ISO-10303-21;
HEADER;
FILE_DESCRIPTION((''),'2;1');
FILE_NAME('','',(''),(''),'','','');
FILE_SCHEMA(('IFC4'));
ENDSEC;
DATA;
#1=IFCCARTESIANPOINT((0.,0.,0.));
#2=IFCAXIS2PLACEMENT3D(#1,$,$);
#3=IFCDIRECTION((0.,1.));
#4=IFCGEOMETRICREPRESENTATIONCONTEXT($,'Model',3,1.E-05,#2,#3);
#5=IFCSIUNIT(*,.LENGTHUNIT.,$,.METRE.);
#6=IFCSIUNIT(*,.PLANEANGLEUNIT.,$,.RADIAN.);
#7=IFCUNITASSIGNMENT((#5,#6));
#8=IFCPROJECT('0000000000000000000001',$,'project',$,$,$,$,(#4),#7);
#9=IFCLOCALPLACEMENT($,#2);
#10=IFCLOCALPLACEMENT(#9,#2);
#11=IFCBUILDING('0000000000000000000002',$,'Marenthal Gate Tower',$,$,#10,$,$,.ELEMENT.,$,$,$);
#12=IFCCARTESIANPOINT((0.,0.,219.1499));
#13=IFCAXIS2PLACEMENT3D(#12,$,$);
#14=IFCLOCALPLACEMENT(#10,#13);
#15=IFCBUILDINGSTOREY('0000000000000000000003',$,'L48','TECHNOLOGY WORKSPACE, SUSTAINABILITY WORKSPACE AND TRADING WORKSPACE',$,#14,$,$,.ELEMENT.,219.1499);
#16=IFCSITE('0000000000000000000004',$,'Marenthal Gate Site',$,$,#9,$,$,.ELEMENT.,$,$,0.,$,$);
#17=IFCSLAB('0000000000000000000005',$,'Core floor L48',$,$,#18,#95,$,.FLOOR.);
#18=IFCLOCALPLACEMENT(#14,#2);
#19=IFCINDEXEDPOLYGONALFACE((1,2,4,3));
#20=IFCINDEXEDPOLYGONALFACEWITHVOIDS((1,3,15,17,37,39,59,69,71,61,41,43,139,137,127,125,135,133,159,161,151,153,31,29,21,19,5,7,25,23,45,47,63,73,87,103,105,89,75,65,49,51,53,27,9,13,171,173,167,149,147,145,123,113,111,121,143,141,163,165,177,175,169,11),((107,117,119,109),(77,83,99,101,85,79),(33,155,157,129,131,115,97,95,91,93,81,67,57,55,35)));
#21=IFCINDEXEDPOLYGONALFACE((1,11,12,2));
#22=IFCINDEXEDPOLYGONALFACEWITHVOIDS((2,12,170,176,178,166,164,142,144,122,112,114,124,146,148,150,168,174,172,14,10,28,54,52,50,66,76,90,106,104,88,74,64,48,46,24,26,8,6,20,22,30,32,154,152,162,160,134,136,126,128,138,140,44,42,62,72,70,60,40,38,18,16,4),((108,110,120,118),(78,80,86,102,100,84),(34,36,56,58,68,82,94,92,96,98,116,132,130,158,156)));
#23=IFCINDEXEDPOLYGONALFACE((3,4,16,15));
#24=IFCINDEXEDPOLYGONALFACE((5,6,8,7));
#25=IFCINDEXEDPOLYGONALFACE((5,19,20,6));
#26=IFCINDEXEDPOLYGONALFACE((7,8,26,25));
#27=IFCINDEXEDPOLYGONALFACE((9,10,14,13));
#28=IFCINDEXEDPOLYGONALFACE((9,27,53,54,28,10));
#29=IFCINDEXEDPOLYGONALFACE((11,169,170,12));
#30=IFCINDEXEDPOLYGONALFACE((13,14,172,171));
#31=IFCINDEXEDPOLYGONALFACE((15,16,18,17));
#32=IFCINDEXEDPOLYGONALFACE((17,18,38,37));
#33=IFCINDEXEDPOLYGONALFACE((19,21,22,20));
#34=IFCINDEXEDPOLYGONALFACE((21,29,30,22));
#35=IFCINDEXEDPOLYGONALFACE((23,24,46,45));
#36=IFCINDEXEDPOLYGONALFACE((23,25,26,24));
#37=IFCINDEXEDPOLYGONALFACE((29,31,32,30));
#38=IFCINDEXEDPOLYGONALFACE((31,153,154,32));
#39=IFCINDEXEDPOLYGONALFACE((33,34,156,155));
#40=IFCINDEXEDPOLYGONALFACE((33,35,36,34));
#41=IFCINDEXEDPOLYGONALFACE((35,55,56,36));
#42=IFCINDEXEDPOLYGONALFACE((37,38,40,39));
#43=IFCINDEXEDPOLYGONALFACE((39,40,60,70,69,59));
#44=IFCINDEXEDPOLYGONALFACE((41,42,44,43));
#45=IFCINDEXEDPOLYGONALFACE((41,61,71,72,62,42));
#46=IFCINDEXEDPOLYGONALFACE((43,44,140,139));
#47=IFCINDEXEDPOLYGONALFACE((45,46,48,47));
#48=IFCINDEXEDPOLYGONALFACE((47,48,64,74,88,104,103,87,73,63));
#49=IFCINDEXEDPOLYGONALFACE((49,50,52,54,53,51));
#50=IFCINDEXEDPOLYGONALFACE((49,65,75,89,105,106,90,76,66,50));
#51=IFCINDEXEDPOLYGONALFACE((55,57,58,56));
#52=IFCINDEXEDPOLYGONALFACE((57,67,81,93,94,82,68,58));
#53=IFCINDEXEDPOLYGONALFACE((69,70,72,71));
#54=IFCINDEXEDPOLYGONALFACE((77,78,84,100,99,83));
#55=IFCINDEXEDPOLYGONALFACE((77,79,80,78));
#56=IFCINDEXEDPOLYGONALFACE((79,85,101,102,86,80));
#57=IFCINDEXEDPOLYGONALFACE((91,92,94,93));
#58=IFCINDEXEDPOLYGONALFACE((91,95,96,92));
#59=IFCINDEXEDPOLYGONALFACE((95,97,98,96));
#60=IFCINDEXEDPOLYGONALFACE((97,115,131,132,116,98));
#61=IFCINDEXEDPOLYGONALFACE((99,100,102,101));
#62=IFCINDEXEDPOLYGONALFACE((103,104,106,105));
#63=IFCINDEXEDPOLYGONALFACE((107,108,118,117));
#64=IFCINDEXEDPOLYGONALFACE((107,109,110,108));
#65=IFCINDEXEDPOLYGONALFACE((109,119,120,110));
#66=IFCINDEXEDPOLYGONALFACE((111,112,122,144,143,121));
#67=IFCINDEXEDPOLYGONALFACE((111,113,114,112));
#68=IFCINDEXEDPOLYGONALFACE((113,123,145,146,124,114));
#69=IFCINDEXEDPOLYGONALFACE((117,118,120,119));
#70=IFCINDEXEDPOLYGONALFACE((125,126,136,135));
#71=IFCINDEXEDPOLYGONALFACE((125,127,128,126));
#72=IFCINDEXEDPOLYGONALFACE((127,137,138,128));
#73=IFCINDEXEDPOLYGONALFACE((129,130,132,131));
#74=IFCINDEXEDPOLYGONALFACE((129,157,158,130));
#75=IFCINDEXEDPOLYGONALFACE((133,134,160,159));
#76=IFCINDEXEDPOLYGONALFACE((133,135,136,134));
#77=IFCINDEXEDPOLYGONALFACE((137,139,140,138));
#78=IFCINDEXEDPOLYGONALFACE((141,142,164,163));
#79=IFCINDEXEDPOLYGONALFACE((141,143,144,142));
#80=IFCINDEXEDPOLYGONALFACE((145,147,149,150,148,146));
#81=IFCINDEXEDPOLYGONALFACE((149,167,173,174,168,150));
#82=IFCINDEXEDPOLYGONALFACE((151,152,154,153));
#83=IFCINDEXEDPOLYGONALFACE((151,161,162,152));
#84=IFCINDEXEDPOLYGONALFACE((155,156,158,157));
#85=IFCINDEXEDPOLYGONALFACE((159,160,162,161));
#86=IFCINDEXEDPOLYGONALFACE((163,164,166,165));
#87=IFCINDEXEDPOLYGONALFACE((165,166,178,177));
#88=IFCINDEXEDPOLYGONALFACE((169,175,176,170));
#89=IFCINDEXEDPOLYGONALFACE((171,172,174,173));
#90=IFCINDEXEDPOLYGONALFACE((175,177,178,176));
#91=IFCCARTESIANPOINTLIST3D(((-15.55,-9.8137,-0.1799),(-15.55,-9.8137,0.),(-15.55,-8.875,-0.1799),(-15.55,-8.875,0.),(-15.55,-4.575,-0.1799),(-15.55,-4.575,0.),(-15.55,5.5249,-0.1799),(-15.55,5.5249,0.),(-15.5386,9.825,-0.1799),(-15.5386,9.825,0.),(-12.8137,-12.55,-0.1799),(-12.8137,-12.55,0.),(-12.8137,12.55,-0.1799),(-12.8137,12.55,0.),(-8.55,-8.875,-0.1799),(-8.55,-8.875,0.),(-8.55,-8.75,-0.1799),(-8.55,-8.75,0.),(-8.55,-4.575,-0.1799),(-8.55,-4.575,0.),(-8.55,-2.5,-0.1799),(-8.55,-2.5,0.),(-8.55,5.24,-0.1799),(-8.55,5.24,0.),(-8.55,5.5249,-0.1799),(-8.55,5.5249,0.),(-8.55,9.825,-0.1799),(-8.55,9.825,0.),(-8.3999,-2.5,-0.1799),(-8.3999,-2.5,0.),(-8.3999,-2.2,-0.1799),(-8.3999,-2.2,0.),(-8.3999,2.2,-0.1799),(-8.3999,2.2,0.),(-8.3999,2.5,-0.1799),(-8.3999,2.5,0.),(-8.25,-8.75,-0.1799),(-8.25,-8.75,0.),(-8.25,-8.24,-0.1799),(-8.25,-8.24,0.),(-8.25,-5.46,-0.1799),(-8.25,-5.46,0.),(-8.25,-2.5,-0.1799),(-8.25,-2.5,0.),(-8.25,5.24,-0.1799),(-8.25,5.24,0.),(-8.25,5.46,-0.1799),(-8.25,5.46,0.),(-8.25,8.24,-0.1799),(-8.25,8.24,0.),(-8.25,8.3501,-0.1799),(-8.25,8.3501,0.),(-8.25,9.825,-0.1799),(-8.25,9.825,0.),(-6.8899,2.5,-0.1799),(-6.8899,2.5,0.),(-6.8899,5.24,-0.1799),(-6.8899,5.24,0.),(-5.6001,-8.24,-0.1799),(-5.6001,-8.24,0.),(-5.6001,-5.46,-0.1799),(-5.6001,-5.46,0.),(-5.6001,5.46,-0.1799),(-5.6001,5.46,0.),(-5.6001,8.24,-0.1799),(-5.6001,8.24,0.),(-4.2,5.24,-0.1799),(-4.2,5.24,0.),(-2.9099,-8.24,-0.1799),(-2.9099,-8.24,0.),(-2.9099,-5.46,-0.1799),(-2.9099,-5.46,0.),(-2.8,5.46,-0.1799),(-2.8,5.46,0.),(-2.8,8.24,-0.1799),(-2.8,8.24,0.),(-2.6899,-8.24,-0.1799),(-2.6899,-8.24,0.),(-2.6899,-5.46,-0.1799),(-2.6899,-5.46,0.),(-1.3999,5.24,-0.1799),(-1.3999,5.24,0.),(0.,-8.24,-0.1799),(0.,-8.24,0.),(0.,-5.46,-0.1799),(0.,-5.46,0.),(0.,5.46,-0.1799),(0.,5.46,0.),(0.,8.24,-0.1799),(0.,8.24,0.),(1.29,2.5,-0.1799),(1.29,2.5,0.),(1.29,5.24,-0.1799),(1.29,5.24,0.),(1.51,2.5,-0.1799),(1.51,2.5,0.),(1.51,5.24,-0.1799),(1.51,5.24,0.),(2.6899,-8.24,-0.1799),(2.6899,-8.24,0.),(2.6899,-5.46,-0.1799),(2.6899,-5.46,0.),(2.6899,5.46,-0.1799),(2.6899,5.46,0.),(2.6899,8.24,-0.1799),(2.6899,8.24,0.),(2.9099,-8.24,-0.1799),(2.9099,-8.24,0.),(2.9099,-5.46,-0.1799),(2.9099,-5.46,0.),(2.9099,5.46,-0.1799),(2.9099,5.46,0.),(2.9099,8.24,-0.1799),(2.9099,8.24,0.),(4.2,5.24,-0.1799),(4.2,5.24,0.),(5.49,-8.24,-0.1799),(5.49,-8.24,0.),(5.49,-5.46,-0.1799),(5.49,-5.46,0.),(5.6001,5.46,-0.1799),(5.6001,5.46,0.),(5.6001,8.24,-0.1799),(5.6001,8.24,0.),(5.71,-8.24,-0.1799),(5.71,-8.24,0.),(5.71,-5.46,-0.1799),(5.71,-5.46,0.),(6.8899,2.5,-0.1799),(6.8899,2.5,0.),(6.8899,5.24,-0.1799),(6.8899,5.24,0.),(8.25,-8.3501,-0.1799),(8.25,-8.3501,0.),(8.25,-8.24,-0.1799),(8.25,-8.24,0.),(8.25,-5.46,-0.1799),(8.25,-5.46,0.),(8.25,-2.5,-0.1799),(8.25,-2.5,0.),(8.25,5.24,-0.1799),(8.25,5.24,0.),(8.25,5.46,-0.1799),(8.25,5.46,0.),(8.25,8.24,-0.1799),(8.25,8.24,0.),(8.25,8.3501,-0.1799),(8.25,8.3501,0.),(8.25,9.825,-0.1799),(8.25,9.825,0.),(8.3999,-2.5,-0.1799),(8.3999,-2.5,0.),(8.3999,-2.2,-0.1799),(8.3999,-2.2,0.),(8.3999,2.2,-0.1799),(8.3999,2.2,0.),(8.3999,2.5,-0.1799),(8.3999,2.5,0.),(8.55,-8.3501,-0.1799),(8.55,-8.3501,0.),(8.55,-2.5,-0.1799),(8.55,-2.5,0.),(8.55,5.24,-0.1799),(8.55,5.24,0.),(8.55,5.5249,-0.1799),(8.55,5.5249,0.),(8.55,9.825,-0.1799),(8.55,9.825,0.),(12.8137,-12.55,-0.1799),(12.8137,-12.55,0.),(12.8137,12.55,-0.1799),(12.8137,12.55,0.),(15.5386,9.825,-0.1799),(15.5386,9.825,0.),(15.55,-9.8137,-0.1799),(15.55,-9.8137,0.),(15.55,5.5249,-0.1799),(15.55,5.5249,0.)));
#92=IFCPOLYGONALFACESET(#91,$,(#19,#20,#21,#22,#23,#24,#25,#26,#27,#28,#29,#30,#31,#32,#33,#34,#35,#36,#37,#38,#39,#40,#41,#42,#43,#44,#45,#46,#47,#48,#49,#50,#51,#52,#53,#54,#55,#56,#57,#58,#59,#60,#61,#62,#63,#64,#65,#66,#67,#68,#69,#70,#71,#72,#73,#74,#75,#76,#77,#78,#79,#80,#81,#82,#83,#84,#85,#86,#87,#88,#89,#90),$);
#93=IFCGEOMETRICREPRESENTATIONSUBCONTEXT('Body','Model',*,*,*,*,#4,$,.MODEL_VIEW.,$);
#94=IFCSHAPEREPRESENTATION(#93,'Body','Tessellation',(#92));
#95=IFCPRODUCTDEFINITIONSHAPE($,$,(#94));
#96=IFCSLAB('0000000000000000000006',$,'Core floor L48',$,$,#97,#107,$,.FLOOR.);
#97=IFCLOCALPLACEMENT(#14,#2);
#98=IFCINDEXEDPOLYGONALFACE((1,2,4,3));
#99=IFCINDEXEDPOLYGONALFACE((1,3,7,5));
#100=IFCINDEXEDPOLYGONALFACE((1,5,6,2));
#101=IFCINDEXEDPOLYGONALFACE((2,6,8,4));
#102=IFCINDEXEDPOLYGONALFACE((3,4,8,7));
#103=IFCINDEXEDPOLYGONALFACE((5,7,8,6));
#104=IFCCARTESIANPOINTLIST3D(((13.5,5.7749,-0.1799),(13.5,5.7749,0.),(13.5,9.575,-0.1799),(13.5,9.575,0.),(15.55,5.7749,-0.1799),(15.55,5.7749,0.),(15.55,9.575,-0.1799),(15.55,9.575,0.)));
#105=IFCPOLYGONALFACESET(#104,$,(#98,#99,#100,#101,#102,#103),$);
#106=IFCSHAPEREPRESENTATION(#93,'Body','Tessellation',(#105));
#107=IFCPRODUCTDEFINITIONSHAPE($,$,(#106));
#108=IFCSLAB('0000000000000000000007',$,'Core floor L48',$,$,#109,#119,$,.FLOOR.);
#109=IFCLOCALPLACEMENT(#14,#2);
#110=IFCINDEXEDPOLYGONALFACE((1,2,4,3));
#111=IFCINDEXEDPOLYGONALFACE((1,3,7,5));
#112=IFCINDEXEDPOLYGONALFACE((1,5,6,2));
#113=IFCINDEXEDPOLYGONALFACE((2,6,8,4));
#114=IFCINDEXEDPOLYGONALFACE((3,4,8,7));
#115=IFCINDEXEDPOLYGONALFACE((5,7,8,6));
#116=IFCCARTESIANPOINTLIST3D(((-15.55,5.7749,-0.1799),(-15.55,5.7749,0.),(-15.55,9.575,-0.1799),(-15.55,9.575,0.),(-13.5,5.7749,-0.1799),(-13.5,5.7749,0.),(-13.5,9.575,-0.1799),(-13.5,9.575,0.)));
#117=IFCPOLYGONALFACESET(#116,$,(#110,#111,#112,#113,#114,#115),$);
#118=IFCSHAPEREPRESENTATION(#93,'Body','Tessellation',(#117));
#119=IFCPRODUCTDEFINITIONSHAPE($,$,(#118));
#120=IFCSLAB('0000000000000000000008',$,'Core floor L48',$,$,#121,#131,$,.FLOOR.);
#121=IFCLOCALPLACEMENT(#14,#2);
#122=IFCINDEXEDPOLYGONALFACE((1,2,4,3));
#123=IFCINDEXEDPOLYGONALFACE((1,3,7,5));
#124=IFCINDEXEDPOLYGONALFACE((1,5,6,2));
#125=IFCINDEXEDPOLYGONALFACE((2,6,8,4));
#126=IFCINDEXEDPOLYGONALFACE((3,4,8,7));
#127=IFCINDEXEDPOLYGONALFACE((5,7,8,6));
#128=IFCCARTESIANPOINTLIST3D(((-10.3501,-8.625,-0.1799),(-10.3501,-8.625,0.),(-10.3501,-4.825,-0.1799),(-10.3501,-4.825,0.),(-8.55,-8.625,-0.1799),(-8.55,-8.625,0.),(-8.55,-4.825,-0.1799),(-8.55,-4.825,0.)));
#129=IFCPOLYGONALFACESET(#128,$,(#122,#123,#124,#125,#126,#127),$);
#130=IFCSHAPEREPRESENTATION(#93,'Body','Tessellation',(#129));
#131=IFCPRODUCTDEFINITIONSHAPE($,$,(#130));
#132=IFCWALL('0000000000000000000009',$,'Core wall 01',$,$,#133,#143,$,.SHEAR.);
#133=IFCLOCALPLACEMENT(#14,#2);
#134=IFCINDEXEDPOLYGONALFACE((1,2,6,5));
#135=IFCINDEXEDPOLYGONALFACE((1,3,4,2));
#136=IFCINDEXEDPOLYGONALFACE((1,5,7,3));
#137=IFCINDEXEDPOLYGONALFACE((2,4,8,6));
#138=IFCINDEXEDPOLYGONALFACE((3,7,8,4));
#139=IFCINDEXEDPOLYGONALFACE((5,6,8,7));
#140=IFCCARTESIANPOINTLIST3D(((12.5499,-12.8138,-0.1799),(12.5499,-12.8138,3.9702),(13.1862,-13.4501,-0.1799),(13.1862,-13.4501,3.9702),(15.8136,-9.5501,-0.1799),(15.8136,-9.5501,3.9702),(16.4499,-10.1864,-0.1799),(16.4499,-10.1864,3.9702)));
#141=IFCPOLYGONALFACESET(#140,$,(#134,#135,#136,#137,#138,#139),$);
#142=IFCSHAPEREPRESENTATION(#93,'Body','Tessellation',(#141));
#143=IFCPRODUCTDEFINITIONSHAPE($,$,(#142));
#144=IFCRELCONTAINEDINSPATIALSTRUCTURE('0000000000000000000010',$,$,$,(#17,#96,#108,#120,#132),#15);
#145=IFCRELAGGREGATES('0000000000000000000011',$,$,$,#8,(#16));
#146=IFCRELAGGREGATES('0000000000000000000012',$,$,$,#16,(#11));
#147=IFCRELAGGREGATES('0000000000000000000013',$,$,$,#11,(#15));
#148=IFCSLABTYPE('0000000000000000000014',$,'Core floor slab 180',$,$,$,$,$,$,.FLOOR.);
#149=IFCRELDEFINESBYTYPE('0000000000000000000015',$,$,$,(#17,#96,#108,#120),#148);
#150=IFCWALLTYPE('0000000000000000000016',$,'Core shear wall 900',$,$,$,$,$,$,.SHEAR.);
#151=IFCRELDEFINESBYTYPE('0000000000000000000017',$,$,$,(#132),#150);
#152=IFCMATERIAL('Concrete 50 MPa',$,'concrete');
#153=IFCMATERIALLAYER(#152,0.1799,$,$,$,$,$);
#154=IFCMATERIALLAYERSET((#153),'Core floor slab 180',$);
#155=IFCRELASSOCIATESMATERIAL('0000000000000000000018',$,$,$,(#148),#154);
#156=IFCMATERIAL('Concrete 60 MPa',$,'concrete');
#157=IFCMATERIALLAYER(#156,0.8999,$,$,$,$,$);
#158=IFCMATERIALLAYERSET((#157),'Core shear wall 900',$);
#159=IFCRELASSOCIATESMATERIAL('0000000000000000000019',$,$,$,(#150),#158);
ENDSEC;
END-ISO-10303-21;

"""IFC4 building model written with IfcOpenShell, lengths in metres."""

from ifc_helpers import new_model, si_unit, direction, frame, frame_2d, origin, place, context, subcontext, project, spatial, polyline, rectangle, outline, extrude, material, layer, layer_set, type_object, element, save


model = new_model("IFC4")

# Units and contexts
model_context = context("Model", 3, precision=1e-05, world=origin(), true_north=direction((0.0, 1.0)))
body_context = subcontext(model_context, "Body", "Model", "MODEL_VIEW")
ifc_project = project(units=[si_unit("LENGTHUNIT", "METRE"), si_unit("PLANEANGLEUNIT", "RADIAN")], contexts=[model_context])

# Site, building, storey
site_placement = place(None, origin())
site = spatial("IfcSite", under=ifc_project, at=site_placement, Name="Marenthal Gate Site", CompositionType="ELEMENT", RefElevation=0.0)
building_placement = place(site_placement, origin())
building = spatial("IfcBuilding", under=site, at=building_placement, Name="Marenthal Gate Tower", CompositionType="ELEMENT")
storey_placement = place(building_placement, frame((0.0, 0.0, 219.1499)))
storey = spatial("IfcBuildingStorey", under=building, at=storey_placement, Name="L48", Description="TECHNOLOGY WORKSPACE, SUSTAINABILITY WORKSPACE AND TRADING WORKSPACE", CompositionType="ELEMENT", Elevation=219.1499)

# Slabs
ifc_material_1 = material(Name="Concrete 50 MPa", Category="concrete")
ifc_layer_1 = layer(ifc_material_1, 0.1799)
ifc_layer_set_1 = layer_set([ifc_layer_1], Name="Core floor slab 180")
slab_type = type_object("IfcSlabType", Name="Core floor slab 180", PredefinedType="FLOOR", material=ifc_layer_set_1)
slab_1_placement = place(storey_placement, frame((0.0, 0.0, -0.1799)))
element("IfcSlab", 1, at=slab_1_placement, inside=storey, type_object=slab_type, Name="Core floor L48", PredefinedType="FLOOR", context=body_context, shape_type="SweptSolid", body=[
    extrude(outline(polyline([(12.8137, -12.55), (-12.8137, -12.55), (-15.55, -9.8137), (-15.55, -8.875), (-8.55, -8.875), (-8.55, -8.75), (-8.25, -8.75), (-8.25, -8.24), (-5.6001, -8.24), (-2.9099, -8.24), (-2.9099, -5.46), (-5.6001, -5.46), (-8.25, -5.46), (-8.25, -2.5), (8.25, -2.5), (8.25, -5.46), (5.71, -5.46), (5.71, -8.24), (8.25, -8.24), (8.25, -8.3501), (8.55, -8.3501), (8.55, -2.5), (8.3999, -2.5), (8.3999, -2.2), (-8.3999, -2.2), (-8.3999, -2.5), (-8.55, -2.5), (-8.55, -4.575), (-15.55, -4.575), (-15.55, 5.5249), (-8.55, 5.5249), (-8.55, 5.24), (-8.25, 5.24), (-8.25, 5.46), (-5.6001, 5.46), (-2.8, 5.46), (0.0, 5.46), (2.6899, 5.46), (2.6899, 8.24), (0.0, 8.24), (-2.8, 8.24), (-5.6001, 8.24), (-8.25, 8.24), (-8.25, 8.3501), (-8.25, 9.825), (-8.55, 9.825), (-15.5386, 9.825), (-12.8137, 12.55), (12.8137, 12.55), (15.5386, 9.825), (8.55, 9.825), (8.25, 9.825), (8.25, 8.3501), (8.25, 8.24), (5.6001, 8.24), (2.9099, 8.24), (2.9099, 5.46), (5.6001, 5.46), (8.25, 5.46), (8.25, 5.24), (8.55, 5.24), (8.55, 5.5249), (15.55, 5.5249), (15.55, -9.8137), (12.8137, -12.55)]), holes=[polyline([(2.6899, -8.24), (2.6899, -5.46), (0.0, -5.46), (-2.6899, -5.46), (-2.6899, -8.24), (0.0, -8.24), (2.6899, -8.24)]), polyline([(-6.8899, 5.24), (-6.8899, 2.5), (-8.3999, 2.5), (-8.3999, 2.2), (8.3999, 2.2), (8.3999, 2.5), (6.8899, 2.5), (6.8899, 5.24), (4.2, 5.24), (1.51, 5.24), (1.51, 2.5), (1.29, 2.5), (1.29, 5.24), (-1.3999, 5.24), (-4.2, 5.24), (-6.8899, 5.24)]), polyline([(5.49, -8.24), (5.49, -5.46), (2.9099, -5.46), (2.9099, -8.24), (5.49, -8.24)])]), origin(), (0.0, 0.0, 1.0), 0.1799),
])
slab_2_placement = place(storey_placement, frame((0.0, 0.0, -0.1799)))
element("IfcSlab", 2, at=slab_2_placement, inside=storey, type_object=slab_type, Name="Core floor L48", PredefinedType="FLOOR", context=body_context, shape_type="SweptSolid", body=[
    extrude(outline(polyline([(15.55, 5.7749), (13.5, 5.7749), (13.5, 9.575), (15.55, 9.575), (15.55, 5.7749)])), origin(), (0.0, 0.0, 1.0), 0.1799),
])
slab_3_placement = place(storey_placement, frame((0.0, 0.0, -0.1799)))
element("IfcSlab", 3, at=slab_3_placement, inside=storey, type_object=slab_type, Name="Core floor L48", PredefinedType="FLOOR", context=body_context, shape_type="SweptSolid", body=[
    extrude(outline(polyline([(-15.55, 9.575), (-13.5, 9.575), (-13.5, 5.7749), (-15.55, 5.7749), (-15.55, 9.575)])), origin(), (0.0, 0.0, 1.0), 0.1799),
])
slab_4_placement = place(storey_placement, frame((0.0, 0.0, -0.1799)))
element("IfcSlab", 4, at=slab_4_placement, inside=storey, type_object=slab_type, Name="Core floor L48", PredefinedType="FLOOR", context=body_context, shape_type="SweptSolid", body=[
    extrude(outline(polyline([(-8.55, -8.625), (-10.3501, -8.625), (-10.3501, -4.825), (-8.55, -4.825), (-8.55, -8.625)])), origin(), (0.0, 0.0, 1.0), 0.1799),
])

# Wall
ifc_material_2 = material(Name="Concrete 60 MPa", Category="concrete")
ifc_layer_2 = layer(ifc_material_2, 0.8999)
ifc_layer_set_2 = layer_set([ifc_layer_2], Name="Core shear wall 900")
wall_type_1 = type_object("IfcWallType", Name="Core shear wall 900", PredefinedType="SHEAR", material=ifc_layer_set_2)
wall_1_placement = place(storey_placement, frame((12.8682, -13.1318, -0.1799), z_axis=(0.0, 0.0, 1.0), x_axis=(0.707107, 0.707107, 0.0)))
element("IfcWall", 5, at=wall_1_placement, inside=storey, type_object=wall_type_1, Name="Core wall 01", PredefinedType="SHEAR", context=body_context, shape_type="SweptSolid", body=[
    extrude(rectangle(XDim=4.6155, YDim=0.8999, at=frame_2d((2.3076, 0.0))), origin(), (0.0, 0.0, 1.0), 4.1501),
])

save(model, "model.ifc")
